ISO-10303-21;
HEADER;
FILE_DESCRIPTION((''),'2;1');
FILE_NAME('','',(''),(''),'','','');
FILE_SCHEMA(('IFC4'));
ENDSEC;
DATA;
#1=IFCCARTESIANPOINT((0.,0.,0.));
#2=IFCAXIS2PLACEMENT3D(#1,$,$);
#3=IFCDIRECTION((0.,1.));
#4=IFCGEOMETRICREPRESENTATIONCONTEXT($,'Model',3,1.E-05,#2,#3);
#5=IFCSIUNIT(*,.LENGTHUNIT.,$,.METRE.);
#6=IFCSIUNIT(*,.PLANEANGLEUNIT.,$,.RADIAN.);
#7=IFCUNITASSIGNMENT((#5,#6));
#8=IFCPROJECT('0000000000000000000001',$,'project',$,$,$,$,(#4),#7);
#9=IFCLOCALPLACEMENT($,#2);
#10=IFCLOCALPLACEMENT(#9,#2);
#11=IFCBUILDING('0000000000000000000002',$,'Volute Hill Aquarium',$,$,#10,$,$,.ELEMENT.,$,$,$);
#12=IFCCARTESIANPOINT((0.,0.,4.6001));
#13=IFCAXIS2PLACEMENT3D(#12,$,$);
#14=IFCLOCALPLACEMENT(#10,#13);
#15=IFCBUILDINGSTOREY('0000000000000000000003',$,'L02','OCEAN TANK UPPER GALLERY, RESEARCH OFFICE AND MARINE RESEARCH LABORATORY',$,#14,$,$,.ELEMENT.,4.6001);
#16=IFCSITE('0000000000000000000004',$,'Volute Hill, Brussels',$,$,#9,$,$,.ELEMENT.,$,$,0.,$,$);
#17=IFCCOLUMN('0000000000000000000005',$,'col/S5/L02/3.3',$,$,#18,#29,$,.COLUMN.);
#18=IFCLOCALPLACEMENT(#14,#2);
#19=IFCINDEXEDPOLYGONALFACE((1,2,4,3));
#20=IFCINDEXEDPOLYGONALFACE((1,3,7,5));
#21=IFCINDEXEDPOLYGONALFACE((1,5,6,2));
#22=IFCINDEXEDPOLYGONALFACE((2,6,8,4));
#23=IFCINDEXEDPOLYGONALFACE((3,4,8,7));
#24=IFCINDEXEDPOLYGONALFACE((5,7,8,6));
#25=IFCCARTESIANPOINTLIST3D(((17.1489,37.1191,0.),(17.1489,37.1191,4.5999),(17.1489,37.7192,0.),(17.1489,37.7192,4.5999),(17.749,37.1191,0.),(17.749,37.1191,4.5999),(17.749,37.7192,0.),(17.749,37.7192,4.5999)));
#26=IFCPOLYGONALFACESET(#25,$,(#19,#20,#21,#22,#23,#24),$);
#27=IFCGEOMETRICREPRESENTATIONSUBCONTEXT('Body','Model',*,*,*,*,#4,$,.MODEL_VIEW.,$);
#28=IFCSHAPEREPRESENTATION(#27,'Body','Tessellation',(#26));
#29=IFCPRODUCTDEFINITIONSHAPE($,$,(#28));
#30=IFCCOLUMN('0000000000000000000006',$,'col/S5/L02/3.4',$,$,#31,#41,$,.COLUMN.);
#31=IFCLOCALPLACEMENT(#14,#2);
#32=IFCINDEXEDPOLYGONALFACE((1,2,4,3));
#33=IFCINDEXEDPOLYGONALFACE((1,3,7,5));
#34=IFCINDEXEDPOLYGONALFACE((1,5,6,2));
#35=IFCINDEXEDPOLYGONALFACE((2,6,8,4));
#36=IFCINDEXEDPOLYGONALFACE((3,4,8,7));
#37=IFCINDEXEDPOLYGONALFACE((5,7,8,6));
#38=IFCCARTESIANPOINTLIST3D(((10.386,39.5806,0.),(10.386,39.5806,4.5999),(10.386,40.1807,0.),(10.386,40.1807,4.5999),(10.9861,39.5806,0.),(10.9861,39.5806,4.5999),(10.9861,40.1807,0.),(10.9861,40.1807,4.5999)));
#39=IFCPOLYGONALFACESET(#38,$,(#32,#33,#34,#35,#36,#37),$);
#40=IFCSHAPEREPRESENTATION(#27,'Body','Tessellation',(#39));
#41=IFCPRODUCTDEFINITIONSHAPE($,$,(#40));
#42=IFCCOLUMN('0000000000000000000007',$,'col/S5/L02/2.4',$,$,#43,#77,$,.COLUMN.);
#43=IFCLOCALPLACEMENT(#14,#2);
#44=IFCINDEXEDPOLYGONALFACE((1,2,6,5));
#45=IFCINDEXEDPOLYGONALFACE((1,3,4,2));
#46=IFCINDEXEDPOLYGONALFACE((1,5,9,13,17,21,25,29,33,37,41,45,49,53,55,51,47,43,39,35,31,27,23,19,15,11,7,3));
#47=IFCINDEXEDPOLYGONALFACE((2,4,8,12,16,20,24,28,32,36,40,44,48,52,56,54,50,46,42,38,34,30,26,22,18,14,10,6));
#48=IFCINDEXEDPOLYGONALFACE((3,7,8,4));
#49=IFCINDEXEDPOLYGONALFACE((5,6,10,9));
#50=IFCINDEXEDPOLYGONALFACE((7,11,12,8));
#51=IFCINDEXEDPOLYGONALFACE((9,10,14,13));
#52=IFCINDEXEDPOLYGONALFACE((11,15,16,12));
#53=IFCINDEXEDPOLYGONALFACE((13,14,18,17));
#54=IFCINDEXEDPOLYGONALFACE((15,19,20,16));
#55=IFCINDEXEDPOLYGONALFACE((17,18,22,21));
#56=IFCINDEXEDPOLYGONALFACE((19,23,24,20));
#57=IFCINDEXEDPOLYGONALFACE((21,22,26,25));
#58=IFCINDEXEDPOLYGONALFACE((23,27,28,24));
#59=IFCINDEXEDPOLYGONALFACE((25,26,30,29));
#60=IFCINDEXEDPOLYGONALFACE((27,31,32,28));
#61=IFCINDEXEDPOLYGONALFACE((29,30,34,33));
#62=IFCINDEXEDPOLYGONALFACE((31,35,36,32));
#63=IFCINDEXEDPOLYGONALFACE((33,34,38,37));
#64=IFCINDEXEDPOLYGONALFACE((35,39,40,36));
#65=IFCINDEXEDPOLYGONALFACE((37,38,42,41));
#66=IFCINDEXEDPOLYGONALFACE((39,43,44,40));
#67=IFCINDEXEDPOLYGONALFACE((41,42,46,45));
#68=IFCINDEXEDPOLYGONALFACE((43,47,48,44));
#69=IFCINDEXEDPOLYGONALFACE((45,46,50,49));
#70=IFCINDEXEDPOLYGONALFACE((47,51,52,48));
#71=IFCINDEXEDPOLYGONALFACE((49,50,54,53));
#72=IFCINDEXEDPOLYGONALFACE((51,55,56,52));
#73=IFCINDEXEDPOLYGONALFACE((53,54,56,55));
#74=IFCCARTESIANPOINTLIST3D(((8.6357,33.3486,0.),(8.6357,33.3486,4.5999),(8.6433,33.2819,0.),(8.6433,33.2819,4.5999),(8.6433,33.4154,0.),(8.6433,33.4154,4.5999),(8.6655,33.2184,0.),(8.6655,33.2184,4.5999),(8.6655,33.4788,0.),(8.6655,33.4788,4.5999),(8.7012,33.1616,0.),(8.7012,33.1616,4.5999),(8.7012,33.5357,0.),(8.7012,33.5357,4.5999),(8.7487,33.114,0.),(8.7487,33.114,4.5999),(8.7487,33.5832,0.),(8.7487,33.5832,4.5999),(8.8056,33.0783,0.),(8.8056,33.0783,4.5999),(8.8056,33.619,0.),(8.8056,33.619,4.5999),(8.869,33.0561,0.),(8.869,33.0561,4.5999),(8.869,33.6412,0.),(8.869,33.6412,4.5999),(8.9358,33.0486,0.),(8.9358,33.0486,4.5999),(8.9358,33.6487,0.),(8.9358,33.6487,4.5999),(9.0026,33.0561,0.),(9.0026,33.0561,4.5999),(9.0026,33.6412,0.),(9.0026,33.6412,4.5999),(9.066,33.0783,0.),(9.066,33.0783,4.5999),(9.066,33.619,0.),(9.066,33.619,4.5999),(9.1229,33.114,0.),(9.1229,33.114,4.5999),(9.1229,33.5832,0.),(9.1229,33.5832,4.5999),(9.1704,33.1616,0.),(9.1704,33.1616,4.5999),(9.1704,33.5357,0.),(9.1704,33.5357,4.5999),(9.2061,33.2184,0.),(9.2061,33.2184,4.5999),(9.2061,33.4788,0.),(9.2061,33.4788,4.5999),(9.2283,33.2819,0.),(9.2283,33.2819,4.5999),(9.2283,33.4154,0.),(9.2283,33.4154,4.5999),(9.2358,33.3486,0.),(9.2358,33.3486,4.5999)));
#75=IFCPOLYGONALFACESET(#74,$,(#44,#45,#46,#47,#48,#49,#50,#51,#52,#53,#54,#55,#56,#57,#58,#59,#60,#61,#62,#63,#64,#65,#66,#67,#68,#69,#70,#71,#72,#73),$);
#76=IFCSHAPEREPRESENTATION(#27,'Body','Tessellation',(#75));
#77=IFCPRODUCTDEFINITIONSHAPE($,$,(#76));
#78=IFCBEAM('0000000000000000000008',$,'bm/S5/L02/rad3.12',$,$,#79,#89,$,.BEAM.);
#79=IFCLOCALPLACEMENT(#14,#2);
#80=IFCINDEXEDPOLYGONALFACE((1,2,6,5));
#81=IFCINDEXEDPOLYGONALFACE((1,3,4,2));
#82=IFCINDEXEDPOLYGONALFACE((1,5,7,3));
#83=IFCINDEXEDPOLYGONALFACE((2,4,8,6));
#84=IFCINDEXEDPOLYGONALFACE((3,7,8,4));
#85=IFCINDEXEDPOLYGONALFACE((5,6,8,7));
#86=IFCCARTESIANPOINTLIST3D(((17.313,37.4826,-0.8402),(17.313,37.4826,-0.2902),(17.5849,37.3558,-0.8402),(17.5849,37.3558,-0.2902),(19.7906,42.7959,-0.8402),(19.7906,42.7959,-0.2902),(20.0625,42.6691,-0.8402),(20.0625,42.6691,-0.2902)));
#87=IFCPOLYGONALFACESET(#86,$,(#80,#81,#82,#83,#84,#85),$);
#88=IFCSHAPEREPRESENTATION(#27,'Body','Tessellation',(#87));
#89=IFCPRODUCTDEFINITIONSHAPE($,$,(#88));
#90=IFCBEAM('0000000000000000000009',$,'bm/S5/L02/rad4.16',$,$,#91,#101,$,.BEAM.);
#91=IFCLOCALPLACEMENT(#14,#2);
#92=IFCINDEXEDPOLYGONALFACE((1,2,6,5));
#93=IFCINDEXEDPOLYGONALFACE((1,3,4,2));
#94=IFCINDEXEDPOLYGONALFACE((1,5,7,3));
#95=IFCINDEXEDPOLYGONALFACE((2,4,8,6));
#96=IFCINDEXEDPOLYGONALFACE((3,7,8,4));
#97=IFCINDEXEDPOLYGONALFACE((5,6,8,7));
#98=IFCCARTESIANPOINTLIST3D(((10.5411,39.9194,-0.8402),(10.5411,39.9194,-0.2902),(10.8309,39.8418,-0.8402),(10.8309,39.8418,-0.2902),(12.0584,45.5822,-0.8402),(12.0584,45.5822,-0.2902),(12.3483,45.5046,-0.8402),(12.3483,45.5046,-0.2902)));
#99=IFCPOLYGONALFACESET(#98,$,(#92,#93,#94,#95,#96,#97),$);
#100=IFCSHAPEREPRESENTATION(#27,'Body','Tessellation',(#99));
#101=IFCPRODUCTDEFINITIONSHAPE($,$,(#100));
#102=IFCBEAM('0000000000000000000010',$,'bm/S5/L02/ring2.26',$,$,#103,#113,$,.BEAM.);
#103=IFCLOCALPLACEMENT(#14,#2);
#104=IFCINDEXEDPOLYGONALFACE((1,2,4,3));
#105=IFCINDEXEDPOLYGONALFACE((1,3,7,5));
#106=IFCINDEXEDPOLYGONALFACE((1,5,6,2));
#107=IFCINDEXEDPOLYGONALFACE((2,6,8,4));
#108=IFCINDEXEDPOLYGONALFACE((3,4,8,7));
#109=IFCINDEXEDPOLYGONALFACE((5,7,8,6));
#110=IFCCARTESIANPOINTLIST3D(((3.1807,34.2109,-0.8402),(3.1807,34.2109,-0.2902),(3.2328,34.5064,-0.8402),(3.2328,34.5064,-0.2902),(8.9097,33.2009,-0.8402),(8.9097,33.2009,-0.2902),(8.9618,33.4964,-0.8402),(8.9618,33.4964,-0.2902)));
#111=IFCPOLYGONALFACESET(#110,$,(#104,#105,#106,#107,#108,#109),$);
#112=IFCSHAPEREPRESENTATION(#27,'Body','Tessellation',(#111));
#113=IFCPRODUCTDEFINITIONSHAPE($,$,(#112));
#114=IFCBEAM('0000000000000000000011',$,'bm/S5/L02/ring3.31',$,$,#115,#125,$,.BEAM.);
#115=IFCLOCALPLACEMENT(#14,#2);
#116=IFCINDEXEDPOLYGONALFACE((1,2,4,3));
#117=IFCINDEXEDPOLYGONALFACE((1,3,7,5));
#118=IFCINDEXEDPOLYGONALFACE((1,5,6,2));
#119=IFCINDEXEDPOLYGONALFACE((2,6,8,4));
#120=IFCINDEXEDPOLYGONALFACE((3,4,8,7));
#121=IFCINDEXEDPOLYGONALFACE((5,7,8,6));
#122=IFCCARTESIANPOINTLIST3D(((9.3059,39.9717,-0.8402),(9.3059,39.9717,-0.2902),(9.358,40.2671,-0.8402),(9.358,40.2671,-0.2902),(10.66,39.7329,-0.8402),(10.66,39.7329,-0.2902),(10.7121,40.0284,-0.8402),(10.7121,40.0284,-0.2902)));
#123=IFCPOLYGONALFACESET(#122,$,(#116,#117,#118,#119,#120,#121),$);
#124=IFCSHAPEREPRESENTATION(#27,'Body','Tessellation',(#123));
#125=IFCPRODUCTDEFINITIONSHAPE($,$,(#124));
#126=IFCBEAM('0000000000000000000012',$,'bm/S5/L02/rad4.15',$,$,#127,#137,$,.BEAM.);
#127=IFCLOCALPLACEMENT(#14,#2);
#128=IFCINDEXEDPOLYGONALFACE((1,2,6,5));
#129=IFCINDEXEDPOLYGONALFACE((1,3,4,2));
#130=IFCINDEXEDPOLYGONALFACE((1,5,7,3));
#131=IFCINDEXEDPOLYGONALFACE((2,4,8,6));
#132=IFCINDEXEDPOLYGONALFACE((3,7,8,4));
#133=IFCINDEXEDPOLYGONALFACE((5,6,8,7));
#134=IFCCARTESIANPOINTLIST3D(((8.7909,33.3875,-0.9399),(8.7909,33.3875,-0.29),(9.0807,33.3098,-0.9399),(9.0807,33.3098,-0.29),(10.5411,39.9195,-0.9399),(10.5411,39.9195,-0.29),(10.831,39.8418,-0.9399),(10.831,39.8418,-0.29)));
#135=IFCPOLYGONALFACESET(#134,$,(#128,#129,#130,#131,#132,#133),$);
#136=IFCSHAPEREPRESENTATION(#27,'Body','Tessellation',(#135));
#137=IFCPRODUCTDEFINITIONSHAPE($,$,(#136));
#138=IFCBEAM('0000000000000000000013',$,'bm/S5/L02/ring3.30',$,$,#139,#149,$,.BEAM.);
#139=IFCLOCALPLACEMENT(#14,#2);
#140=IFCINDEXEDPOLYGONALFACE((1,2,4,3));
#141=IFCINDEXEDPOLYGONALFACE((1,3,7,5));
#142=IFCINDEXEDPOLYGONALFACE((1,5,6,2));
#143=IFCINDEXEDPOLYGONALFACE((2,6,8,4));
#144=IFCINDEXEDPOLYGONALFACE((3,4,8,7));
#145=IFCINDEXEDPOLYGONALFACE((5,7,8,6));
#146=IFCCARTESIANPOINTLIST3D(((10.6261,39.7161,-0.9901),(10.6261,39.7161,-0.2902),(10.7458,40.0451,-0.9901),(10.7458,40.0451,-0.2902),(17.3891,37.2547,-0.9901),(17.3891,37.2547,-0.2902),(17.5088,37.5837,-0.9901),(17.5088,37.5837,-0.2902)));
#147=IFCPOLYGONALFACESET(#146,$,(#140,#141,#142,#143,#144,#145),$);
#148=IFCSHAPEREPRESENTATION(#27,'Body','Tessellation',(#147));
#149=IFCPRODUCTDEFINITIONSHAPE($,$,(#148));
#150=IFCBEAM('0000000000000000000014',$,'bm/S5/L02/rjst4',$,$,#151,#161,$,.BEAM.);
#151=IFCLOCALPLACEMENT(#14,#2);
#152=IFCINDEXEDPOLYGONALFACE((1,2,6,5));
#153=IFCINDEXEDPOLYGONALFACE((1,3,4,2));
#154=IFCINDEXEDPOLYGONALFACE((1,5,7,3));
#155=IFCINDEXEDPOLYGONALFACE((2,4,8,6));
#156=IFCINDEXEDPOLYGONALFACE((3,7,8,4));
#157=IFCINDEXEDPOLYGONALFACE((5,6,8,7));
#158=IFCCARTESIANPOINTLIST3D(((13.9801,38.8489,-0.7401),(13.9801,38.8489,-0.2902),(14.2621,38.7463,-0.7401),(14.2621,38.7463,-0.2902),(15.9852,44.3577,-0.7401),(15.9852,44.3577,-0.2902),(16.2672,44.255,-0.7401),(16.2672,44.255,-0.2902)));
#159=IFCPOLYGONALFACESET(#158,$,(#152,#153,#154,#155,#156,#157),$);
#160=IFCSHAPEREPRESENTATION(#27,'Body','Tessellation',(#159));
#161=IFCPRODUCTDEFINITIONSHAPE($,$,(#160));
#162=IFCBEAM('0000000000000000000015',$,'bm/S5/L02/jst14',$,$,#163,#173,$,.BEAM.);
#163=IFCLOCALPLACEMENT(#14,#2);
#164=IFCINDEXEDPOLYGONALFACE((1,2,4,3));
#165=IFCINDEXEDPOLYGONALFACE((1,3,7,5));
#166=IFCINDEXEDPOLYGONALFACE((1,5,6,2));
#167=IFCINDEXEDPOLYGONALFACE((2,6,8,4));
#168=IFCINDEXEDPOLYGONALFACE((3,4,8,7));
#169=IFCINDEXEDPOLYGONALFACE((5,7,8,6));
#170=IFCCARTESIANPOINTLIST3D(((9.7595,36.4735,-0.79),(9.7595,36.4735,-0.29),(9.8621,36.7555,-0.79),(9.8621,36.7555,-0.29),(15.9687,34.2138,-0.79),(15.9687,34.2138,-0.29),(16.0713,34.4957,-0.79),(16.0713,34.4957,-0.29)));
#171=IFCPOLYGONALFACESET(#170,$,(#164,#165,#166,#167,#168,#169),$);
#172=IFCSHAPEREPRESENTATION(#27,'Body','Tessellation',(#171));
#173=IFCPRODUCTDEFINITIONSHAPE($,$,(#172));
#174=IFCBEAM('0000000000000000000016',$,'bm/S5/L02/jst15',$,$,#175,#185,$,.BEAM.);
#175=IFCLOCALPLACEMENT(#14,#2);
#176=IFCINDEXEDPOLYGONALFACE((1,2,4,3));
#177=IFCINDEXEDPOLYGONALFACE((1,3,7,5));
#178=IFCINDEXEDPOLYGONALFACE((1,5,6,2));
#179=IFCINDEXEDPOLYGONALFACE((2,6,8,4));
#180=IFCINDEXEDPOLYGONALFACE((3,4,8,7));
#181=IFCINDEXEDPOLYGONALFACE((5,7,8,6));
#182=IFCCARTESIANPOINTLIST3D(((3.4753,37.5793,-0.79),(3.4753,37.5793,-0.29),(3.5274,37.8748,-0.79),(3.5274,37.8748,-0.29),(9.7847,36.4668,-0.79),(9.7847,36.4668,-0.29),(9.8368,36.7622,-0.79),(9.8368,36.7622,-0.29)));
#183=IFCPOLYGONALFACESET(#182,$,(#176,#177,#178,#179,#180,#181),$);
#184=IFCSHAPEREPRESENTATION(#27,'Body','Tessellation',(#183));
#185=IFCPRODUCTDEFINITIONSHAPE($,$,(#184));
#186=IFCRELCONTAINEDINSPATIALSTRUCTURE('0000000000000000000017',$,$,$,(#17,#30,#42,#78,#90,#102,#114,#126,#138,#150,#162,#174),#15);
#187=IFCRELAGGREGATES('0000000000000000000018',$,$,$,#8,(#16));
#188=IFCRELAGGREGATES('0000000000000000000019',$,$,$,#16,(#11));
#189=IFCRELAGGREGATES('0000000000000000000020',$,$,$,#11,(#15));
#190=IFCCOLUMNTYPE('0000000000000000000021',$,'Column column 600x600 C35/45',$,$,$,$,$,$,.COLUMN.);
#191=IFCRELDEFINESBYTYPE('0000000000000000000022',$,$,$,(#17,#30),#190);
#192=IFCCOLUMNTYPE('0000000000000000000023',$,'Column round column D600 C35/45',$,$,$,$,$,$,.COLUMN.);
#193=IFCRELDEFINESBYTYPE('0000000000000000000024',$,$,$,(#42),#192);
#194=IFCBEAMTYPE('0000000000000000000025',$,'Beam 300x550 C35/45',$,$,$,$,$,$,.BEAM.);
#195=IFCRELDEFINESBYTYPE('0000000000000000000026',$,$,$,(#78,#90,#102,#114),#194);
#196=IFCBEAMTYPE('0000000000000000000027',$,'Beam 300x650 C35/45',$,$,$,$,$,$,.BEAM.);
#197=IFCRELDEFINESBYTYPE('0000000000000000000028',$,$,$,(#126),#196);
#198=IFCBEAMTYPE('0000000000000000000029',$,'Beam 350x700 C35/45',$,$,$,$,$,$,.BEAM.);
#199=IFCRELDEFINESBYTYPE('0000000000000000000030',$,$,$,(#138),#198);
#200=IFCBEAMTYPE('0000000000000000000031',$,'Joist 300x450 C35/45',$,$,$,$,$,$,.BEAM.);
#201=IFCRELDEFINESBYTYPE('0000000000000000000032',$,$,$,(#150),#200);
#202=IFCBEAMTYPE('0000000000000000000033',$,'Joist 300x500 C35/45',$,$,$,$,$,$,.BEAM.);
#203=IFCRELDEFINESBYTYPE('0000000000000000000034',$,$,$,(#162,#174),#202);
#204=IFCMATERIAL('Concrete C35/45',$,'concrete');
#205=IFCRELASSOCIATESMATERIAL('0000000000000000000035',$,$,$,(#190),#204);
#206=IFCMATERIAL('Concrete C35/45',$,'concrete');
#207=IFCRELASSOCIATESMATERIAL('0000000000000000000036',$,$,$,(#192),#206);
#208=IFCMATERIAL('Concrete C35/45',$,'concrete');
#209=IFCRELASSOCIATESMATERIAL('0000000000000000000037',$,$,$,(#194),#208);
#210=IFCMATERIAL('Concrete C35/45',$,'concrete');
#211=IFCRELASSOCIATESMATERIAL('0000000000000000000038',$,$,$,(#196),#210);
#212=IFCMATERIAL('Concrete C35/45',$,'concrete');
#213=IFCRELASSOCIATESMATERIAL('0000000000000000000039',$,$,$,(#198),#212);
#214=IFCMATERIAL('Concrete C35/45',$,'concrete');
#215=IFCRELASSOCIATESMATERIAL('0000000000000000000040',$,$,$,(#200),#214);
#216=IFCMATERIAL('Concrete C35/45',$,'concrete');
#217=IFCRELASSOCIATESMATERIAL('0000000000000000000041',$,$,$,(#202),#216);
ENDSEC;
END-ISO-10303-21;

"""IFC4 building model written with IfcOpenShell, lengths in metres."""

from ifc_helpers import new_model, si_unit, direction, frame, origin, origin_2d, place, context, subcontext, project, spatial, rectangle, circle, extrude, material, material_profile, profile_set, type_object, element, save


model = new_model("IFC4")

# Units and contexts
model_context = context("Model", 3, precision=1e-05, world=origin(), true_north=direction((0.0, 1.0)))
body_context = subcontext(model_context, "Body", "Model", "MODEL_VIEW")
ifc_project = project(units=[si_unit("LENGTHUNIT", "METRE"), si_unit("PLANEANGLEUNIT", "RADIAN")], contexts=[model_context])

# Site, building, storey
site_placement = place(None, origin())
site = spatial("IfcSite", under=ifc_project, at=site_placement, Name="Volute Hill, Brussels", CompositionType="ELEMENT", RefElevation=0.0)
building_placement = place(site_placement, origin())
building = spatial("IfcBuilding", under=site, at=building_placement, Name="Volute Hill Aquarium", CompositionType="ELEMENT")
storey_placement = place(building_placement, frame((0.0, 0.0, 4.6001)))
storey = spatial("IfcBuildingStorey", under=building, at=storey_placement, Name="L02", Description="OCEAN TANK UPPER GALLERY, RESEARCH OFFICE AND MARINE RESEARCH LABORATORY", CompositionType="ELEMENT", Elevation=4.6001)

# Columns
ifc_material_1 = material(Name="Concrete C35/45", Category="concrete")
ifc_material_profile_1 = material_profile(ifc_material_1, rectangle(XDim=0.6001, YDim=0.6001, at=origin_2d()), Name="RC column 600x600")
ifc_profile_set_1 = profile_set([ifc_material_profile_1], Name="Concrete C35/45")
column_type_1 = type_object("IfcColumnType", Name="Column column 600x600 C35/45", PredefinedType="COLUMN", material=ifc_profile_set_1)
for number, where, z_axis, x_axis, name in (
    (1, (17.449, 37.4192, 0.0), (0.0, 0.0, 1.0), (1.0, 0.0, 0.0), "col/S5/L02/3.3"),
    (2, (10.686, 39.8806, 0.0), (0.0, 0.0, 1.0), (1.0, 0.0, 0.0), "col/S5/L02/3.4"),
):
    element("IfcColumn", number, at=place(storey_placement, frame(where, z_axis=z_axis, x_axis=x_axis)), inside=storey, type_object=column_type_1, Name=name, PredefinedType="COLUMN", context=body_context, shape_type="SweptSolid", body=[
        extrude(rectangle(XDim=0.6001, YDim=0.6001, at=origin_2d()), origin(), (0.0, 0.0, 1.0), 4.5999),
    ])
ifc_material_2 = material(Name="Concrete C35/45", Category="concrete")
ifc_material_profile_2 = material_profile(ifc_material_2, circle(Radius=0.3, at=origin_2d()), Name="RC round column D600")
ifc_profile_set_2 = profile_set([ifc_material_profile_2], Name="Concrete C35/45")
column_type_2 = type_object("IfcColumnType", Name="Column round column D600 C35/45", PredefinedType="COLUMN", material=ifc_profile_set_2)
column_placement = place(storey_placement, frame((8.9358, 33.3486, 0.0), z_axis=(0.0, 0.0, 1.0), x_axis=(1.0, 0.0, 0.0)))
element("IfcColumn", 3, at=column_placement, inside=storey, type_object=column_type_2, Name="col/S5/L02/2.4", PredefinedType="COLUMN", context=body_context, shape_type="SweptSolid", body=[
    extrude(circle(Radius=0.3, at=origin_2d()), origin(), (0.0, 0.0, 1.0), 4.5999),
])

# Beams
ifc_material_3 = material(Name="Concrete C35/45", Category="concrete")
ifc_material_profile_3 = material_profile(ifc_material_3, rectangle(XDim=0.3, YDim=0.55, at=origin_2d()), Name="RC beam 300x550")
ifc_profile_set_3 = profile_set([ifc_material_profile_3], Name="Concrete C35/45")
beam_type_1 = type_object("IfcBeamType", Name="Beam 300x550 C35/45", PredefinedType="BEAM", material=ifc_profile_set_3)
for number, where, z_axis, x_axis, name in (
    (4, (17.449, 37.4192, -0.5652), (0.42261, 0.906312, 0.0), (-0.906312, 0.42261, 0.0), "bm/S5/L02/rad3.12"),
    (5, (10.686, 39.8806, -0.5652), (0.258816, 0.965927, 0.0), (-0.965927, 0.258816, 0.0), "bm/S5/L02/rad4.16"),
):
    element("IfcBeam", number, at=place(storey_placement, frame(where, z_axis=z_axis, x_axis=x_axis)), inside=storey, type_object=beam_type_1, Name=name, PredefinedType="BEAM", context=body_context, shape_type="SweptSolid", body=[
        extrude(rectangle(XDim=0.3, YDim=0.55, at=origin_2d()), origin(), (0.0, 0.0, 1.0), 5.8625),
    ])
beam_1_placement = place(storey_placement, frame((8.9358, 33.3486, -0.5652), z_axis=(-0.984813, 0.17362, 0.0), x_axis=(-0.17362, -0.984813, 0.0)))
element("IfcBeam", 6, at=beam_1_placement, inside=storey, type_object=beam_type_1, Name="bm/S5/L02/ring2.26", PredefinedType="BEAM", context=body_context, shape_type="SweptSolid", body=[
    extrude(rectangle(XDim=0.3, YDim=0.55, at=origin_2d()), origin(), (0.0, 0.0, 1.0), 5.8174),
])
beam_2_placement = place(storey_placement, frame((10.686, 39.8806, -0.5652), z_axis=(-0.984805, 0.173664, 0.0), x_axis=(-0.173664, -0.984805, 0.0)))
element("IfcBeam", 7, at=beam_2_placement, inside=storey, type_object=beam_type_1, Name="bm/S5/L02/ring3.31", PredefinedType="BEAM", context=body_context, shape_type="SweptSolid", body=[
    extrude(rectangle(XDim=0.3, YDim=0.55, at=origin_2d()), origin(), (0.0, 0.0, 1.0), 1.375),
])
ifc_material_4 = material(Name="Concrete C35/45", Category="concrete")
ifc_material_profile_4 = material_profile(ifc_material_4, rectangle(XDim=0.3, YDim=0.6499, at=origin_2d()), Name="RC beam 300x650")
ifc_profile_set_4 = profile_set([ifc_material_profile_4], Name="Concrete C35/45")
beam_type_2 = type_object("IfcBeamType", Name="Beam 300x650 C35/45", PredefinedType="BEAM", material=ifc_profile_set_4)
beam_3_placement = place(storey_placement, frame((8.9358, 33.3486, -0.615), z_axis=(0.25882, 0.965926, 0.0), x_axis=(-0.965926, 0.25882, 0.0)))
element("IfcBeam", 8, at=beam_3_placement, inside=storey, type_object=beam_type_2, Name="bm/S5/L02/rad4.15", PredefinedType="BEAM", context=body_context, shape_type="SweptSolid", body=[
    extrude(rectangle(XDim=0.3, YDim=0.6499, at=origin_2d()), origin(), (0.0, 0.0, 1.0), 6.7625),
])
ifc_material_5 = material(Name="Concrete C35/45", Category="concrete")
ifc_material_profile_5 = material_profile(ifc_material_5, rectangle(XDim=0.3501, YDim=0.7, at=origin_2d()), Name="RC beam 350x700")
ifc_profile_set_5 = profile_set([ifc_material_profile_5], Name="Concrete C35/45")
beam_type_3 = type_object("IfcBeamType", Name="Beam 350x700 C35/45", PredefinedType="BEAM", material=ifc_profile_set_5)
beam_4_placement = place(storey_placement, frame((17.449, 37.4192, -0.6401), z_axis=(-0.939696, 0.34201, 0.0), x_axis=(-0.34201, -0.939696, 0.0)))
element("IfcBeam", 9, at=beam_4_placement, inside=storey, type_object=beam_type_3, Name="bm/S5/L02/ring3.30", PredefinedType="BEAM", context=body_context, shape_type="SweptSolid", body=[
    extrude(rectangle(XDim=0.3501, YDim=0.7, at=origin_2d()), origin(), (0.0, 0.0, 1.0), 7.197),
])
ifc_material_6 = material(Name="Concrete C35/45", Category="concrete")
ifc_material_profile_6 = material_profile(ifc_material_6, rectangle(XDim=0.3, YDim=0.45, at=origin_2d()), Name="RC joist 300x450")
ifc_profile_set_6 = profile_set([ifc_material_profile_6], Name="Concrete C35/45")
beam_type_4 = type_object("IfcBeamType", Name="Joist 300x450 C35/45", PredefinedType="BEAM", material=ifc_profile_set_6)
beam_5_placement = place(storey_placement, frame((14.1211, 38.7976, -0.5151), z_axis=(0.342034, 0.939688, 0.0), x_axis=(-0.939688, 0.342034, 0.0)))
element("IfcBeam", 10, at=beam_5_placement, inside=storey, type_object=beam_type_4, Name="bm/S5/L02/rjst4", PredefinedType="BEAM", context=body_context, shape_type="SweptSolid", body=[
    extrude(rectangle(XDim=0.3, YDim=0.45, at=origin_2d()), origin(), (0.0, 0.0, 1.0), 5.8623),
])
ifc_material_7 = material(Name="Concrete C35/45", Category="concrete")
ifc_material_profile_7 = material_profile(ifc_material_7, rectangle(XDim=0.3, YDim=0.5, at=origin_2d()), Name="RC joist 300x500")
ifc_profile_set_7 = profile_set([ifc_material_profile_7], Name="Concrete C35/45")
beam_type_5 = type_object("IfcBeamType", Name="Joist 300x500 C35/45", PredefinedType="BEAM", material=ifc_profile_set_7)
beam_6_placement = place(storey_placement, frame((16.02, 34.3547, -0.54), z_axis=(-0.939703, 0.341992, 0.0), x_axis=(-0.341992, -0.939703, 0.0)))
element("IfcBeam", 11, at=beam_6_placement, inside=storey, type_object=beam_type_5, Name="bm/S5/L02/jst14", PredefinedType="BEAM", context=body_context, shape_type="SweptSolid", body=[
    extrude(rectangle(XDim=0.3, YDim=0.5, at=origin_2d()), origin(), (0.0, 0.0, 1.0), 6.6077),
])
beam_7_placement = place(storey_placement, frame((9.8108, 36.6145, -0.54), z_axis=(-0.984807, 0.173655, 0.0), x_axis=(-0.173655, -0.984807, 0.0)))
element("IfcBeam", 12, at=beam_7_placement, inside=storey, type_object=beam_type_5, Name="bm/S5/L02/jst15", PredefinedType="BEAM", context=body_context, shape_type="SweptSolid", body=[
    extrude(rectangle(XDim=0.3, YDim=0.5, at=origin_2d()), origin(), (0.0, 0.0, 1.0), 6.4067),
])

save(model, "model.ifc")
